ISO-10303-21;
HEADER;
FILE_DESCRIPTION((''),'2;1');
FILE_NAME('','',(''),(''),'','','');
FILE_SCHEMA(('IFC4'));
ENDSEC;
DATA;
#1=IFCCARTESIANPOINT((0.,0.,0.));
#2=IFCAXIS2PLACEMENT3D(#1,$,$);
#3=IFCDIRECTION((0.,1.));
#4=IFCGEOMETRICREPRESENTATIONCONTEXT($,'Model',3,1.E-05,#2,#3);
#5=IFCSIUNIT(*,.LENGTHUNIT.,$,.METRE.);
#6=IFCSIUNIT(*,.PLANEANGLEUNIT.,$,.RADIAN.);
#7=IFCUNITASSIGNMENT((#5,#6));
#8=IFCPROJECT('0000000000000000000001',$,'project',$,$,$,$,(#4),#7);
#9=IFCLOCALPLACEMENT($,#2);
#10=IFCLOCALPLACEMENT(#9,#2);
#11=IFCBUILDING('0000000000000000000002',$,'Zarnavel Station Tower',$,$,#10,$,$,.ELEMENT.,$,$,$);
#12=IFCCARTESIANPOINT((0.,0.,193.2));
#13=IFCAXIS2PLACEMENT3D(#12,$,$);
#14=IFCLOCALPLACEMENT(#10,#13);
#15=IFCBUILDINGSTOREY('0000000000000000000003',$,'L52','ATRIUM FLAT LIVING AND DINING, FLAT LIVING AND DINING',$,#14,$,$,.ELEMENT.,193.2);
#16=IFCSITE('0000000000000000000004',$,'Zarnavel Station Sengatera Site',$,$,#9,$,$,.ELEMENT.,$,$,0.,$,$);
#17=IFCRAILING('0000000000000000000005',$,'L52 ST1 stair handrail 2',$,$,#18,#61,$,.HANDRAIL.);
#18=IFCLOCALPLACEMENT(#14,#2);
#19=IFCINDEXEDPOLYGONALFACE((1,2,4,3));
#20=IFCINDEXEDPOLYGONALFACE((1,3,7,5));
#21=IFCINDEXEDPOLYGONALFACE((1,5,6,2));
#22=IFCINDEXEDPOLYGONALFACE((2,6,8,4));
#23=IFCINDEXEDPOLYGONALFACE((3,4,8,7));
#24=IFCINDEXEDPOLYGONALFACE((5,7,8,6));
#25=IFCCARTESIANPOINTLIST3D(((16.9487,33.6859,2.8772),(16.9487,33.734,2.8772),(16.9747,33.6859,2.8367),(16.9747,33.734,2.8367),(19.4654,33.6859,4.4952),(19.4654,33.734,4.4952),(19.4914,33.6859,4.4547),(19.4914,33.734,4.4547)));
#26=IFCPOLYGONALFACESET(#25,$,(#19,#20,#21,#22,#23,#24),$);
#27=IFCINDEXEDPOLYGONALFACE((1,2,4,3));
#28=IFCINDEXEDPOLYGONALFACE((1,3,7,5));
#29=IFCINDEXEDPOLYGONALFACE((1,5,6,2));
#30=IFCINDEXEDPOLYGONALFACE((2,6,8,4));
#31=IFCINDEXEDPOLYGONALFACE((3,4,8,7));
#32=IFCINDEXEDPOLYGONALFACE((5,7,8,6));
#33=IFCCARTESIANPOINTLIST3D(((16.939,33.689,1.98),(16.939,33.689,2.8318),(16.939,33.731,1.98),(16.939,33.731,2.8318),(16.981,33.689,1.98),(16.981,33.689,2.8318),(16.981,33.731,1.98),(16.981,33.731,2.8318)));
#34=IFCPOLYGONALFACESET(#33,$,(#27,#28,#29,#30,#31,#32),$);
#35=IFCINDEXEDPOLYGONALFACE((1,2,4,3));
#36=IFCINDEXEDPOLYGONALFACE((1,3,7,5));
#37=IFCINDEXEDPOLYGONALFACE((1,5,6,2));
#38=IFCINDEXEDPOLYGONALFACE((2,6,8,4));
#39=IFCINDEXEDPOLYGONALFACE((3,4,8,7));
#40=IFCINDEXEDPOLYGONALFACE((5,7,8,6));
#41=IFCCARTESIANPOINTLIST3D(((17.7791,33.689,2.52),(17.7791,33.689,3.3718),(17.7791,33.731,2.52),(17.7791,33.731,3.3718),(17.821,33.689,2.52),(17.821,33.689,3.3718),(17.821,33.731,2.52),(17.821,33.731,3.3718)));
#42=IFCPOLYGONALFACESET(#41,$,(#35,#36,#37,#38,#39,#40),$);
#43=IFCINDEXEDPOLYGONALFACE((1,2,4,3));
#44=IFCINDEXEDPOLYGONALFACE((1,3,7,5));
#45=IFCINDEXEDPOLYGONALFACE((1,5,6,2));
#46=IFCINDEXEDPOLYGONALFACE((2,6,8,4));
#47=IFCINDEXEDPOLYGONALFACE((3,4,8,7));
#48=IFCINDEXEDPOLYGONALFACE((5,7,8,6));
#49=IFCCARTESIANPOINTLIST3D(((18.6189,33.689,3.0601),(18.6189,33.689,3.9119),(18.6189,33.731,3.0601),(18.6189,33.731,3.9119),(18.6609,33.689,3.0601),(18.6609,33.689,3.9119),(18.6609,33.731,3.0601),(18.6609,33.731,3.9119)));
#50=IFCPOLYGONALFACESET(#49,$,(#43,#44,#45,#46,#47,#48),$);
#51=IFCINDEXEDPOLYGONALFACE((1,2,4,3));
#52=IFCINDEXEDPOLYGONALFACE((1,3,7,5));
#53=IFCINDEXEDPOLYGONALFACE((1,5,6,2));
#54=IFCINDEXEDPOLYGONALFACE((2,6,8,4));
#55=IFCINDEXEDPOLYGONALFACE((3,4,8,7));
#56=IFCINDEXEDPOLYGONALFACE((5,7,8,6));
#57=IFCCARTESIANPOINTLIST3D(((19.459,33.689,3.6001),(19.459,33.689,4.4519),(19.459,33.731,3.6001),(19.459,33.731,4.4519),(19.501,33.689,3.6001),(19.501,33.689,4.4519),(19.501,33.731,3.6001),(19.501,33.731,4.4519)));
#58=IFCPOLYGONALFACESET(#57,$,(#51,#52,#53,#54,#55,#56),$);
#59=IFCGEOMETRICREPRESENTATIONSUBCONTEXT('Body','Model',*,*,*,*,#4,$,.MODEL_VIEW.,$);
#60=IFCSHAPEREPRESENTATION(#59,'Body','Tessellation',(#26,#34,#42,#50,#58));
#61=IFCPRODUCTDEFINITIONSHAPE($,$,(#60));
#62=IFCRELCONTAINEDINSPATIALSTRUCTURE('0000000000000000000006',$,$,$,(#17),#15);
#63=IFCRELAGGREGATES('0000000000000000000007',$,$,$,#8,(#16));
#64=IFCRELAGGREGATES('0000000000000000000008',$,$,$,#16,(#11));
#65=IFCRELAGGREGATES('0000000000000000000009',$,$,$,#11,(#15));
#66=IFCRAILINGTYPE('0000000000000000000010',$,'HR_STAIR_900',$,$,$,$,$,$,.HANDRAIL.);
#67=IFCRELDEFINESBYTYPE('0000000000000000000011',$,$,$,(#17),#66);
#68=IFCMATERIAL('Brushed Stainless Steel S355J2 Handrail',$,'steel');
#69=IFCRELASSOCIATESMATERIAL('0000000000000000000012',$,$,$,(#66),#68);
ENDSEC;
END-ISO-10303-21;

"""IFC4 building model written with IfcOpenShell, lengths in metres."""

from ifc_helpers import new_model, si_unit, direction, frame, origin, origin_2d, place, context, subcontext, project, spatial, rectangle, extrude, material, type_object, element, save


model = new_model("IFC4")

# Units and contexts
model_context = context("Model", 3, precision=1e-05, world=origin(), true_north=direction((0.0, 1.0)))
body_context = subcontext(model_context, "Body", "Model", "MODEL_VIEW")
ifc_project = project(units=[si_unit("LENGTHUNIT", "METRE"), si_unit("PLANEANGLEUNIT", "RADIAN")], contexts=[model_context])

# Site, building, storey
site_placement = place(None, origin())
site = spatial("IfcSite", under=ifc_project, at=site_placement, Name="Zarnavel Station Sengatera Site", CompositionType="ELEMENT", RefElevation=0.0)
building_placement = place(site_placement, origin())
building = spatial("IfcBuilding", under=site, at=building_placement, Name="Zarnavel Station Tower", CompositionType="ELEMENT")
storey_placement = place(building_placement, frame((0.0, 0.0, 193.2)))
storey = spatial("IfcBuildingStorey", under=building, at=storey_placement, Name="L52", Description="ATRIUM FLAT LIVING AND DINING, FLAT LIVING AND DINING", CompositionType="ELEMENT", Elevation=193.2)

# Railing
ifc_material_1 = material(Name="Brushed Stainless Steel S355J2 Handrail", Category="steel")
railing_type_1 = type_object("IfcRailingType", Name="HR_STAIR_900", PredefinedType="HANDRAIL", material=ifc_material_1)
railing_1_placement = place(storey_placement, frame((16.96, 33.71, 1.98)))
element("IfcRailing", 1, at=railing_1_placement, inside=storey, type_object=railing_type_1, Name="L52 ST1 stair handrail 2", PredefinedType="HANDRAIL", context=body_context, shape_type="SweptSolid", body=[
    extrude(rectangle(XDim=0.0481, YDim=0.0481, at=origin_2d()), frame((0.0017, 0.0, 0.877), z_axis=(0.841163, 0.0, 0.540782), x_axis=(0.0, 1.0, 0.0)), (0.0, 0.0, 1.0), 2.9919),
    extrude(rectangle(XDim=0.042, YDim=0.042, at=origin_2d()), origin(), (0.0, 0.0, 1.0), 0.8518),
    extrude(rectangle(XDim=0.042, YDim=0.042, at=origin_2d()), frame((0.8401, 0.0, 0.54)), (0.0, 0.0, 1.0), 0.8518),
    extrude(rectangle(XDim=0.042, YDim=0.042, at=origin_2d()), frame((1.6799, 0.0, 1.0801)), (0.0, 0.0, 1.0), 0.8518),
    extrude(rectangle(XDim=0.042, YDim=0.042, at=origin_2d()), frame((2.52, 0.0, 1.6201)), (0.0, 0.0, 1.0), 0.8518),
])

save(model, "model.ifc")
